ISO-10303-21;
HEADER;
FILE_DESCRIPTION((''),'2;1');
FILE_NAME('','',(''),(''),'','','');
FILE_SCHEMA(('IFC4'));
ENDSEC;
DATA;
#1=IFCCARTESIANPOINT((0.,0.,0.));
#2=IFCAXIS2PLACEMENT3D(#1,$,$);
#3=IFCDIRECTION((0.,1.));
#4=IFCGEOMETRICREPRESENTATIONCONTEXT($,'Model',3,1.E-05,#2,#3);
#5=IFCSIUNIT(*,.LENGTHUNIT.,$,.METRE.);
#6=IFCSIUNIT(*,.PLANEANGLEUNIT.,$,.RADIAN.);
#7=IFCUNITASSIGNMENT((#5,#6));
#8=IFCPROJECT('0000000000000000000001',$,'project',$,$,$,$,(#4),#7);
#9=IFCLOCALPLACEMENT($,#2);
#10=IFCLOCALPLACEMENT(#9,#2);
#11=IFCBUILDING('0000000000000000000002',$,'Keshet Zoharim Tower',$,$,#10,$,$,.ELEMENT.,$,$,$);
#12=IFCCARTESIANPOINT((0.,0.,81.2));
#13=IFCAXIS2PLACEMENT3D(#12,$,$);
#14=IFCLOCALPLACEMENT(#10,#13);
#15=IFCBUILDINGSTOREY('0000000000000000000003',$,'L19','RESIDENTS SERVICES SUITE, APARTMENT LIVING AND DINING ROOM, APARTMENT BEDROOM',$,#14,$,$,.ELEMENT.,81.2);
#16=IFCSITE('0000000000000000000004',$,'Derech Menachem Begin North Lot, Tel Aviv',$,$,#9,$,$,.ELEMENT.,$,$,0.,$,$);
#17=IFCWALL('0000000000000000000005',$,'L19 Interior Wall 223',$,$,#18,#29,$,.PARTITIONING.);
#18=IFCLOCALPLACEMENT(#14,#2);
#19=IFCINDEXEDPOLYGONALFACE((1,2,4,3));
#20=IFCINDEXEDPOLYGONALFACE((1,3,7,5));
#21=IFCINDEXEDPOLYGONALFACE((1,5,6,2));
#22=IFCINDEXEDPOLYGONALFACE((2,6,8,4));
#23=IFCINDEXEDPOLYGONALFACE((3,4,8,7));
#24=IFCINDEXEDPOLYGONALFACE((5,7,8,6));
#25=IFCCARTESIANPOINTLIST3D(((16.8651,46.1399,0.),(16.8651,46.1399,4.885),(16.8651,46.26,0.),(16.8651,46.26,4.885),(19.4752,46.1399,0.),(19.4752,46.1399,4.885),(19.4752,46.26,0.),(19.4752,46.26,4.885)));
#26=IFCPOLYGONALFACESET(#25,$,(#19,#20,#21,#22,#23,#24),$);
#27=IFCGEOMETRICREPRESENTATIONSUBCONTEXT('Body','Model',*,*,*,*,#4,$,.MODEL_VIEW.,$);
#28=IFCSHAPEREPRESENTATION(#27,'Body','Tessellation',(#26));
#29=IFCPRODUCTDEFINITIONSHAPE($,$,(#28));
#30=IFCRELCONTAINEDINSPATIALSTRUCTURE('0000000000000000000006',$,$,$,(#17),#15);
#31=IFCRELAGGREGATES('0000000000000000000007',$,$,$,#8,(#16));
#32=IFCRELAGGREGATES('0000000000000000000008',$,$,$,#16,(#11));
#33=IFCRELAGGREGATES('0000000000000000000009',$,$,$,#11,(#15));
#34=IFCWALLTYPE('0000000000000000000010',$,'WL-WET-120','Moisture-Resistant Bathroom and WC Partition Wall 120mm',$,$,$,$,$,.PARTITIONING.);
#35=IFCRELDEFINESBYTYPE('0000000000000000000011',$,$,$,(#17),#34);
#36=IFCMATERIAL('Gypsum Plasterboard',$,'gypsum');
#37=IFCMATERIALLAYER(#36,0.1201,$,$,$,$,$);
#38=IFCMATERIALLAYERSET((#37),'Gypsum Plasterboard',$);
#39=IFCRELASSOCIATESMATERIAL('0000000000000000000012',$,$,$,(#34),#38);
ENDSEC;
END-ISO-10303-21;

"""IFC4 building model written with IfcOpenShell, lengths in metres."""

from ifc_helpers import new_model, si_unit, direction, frame, frame_2d, origin, place, context, subcontext, project, spatial, rectangle, extrude, material, layer, layer_set, type_object, element, save


model = new_model("IFC4")

# Units and contexts
model_context = context("Model", 3, precision=1e-05, world=origin(), true_north=direction((0.0, 1.0)))
body_context = subcontext(model_context, "Body", "Model", "MODEL_VIEW")
ifc_project = project(units=[si_unit("LENGTHUNIT", "METRE"), si_unit("PLANEANGLEUNIT", "RADIAN")], contexts=[model_context])

# Site, building, storey
site_placement = place(None, origin())
site = spatial("IfcSite", under=ifc_project, at=site_placement, Name="Derech Menachem Begin North Lot, Tel Aviv", CompositionType="ELEMENT", RefElevation=0.0)
building_placement = place(site_placement, origin())
building = spatial("IfcBuilding", under=site, at=building_placement, Name="Keshet Zoharim Tower", CompositionType="ELEMENT")
storey_placement = place(building_placement, frame((0.0, 0.0, 81.2)))
storey = spatial("IfcBuildingStorey", under=building, at=storey_placement, Name="L19", Description="RESIDENTS SERVICES SUITE, APARTMENT LIVING AND DINING ROOM, APARTMENT BEDROOM", CompositionType="ELEMENT", Elevation=81.2)

# Shared definitions
ifc_material_1 = material(Name="Gypsum Plasterboard", Category="gypsum")

# Shared definitions
ifc_layer_1 = layer(ifc_material_1, 0.1201)
ifc_layer_set_1 = layer_set([ifc_layer_1], Name="Gypsum Plasterboard")
wall_type_1 = type_object("IfcWallType", Name="WL-WET-120", Description="Moisture-Resistant Bathroom and WC Partition Wall 120mm", PredefinedType="PARTITIONING", material=ifc_layer_set_1)

# Wall
for number, where, z_axis, x_axis, name in (
    (1, (16.865, 46.2, 0.0), (0.0, 0.0, 1.0), (1.0, 0.0, 0.0), "L19 Interior Wall 223"),
):
    element("IfcWall", number, at=place(storey_placement, frame(where, z_axis=z_axis, x_axis=x_axis)), inside=storey, type_object=wall_type_1, Name=name, PredefinedType="PARTITIONING", context=body_context, shape_type="SweptSolid", body=[
        extrude(rectangle(XDim=2.6101, YDim=0.1201, at=frame_2d((1.3052, 0.0))), origin(), (0.0, 0.0, 1.0), 4.885),
    ])

save(model, "model.ifc")
